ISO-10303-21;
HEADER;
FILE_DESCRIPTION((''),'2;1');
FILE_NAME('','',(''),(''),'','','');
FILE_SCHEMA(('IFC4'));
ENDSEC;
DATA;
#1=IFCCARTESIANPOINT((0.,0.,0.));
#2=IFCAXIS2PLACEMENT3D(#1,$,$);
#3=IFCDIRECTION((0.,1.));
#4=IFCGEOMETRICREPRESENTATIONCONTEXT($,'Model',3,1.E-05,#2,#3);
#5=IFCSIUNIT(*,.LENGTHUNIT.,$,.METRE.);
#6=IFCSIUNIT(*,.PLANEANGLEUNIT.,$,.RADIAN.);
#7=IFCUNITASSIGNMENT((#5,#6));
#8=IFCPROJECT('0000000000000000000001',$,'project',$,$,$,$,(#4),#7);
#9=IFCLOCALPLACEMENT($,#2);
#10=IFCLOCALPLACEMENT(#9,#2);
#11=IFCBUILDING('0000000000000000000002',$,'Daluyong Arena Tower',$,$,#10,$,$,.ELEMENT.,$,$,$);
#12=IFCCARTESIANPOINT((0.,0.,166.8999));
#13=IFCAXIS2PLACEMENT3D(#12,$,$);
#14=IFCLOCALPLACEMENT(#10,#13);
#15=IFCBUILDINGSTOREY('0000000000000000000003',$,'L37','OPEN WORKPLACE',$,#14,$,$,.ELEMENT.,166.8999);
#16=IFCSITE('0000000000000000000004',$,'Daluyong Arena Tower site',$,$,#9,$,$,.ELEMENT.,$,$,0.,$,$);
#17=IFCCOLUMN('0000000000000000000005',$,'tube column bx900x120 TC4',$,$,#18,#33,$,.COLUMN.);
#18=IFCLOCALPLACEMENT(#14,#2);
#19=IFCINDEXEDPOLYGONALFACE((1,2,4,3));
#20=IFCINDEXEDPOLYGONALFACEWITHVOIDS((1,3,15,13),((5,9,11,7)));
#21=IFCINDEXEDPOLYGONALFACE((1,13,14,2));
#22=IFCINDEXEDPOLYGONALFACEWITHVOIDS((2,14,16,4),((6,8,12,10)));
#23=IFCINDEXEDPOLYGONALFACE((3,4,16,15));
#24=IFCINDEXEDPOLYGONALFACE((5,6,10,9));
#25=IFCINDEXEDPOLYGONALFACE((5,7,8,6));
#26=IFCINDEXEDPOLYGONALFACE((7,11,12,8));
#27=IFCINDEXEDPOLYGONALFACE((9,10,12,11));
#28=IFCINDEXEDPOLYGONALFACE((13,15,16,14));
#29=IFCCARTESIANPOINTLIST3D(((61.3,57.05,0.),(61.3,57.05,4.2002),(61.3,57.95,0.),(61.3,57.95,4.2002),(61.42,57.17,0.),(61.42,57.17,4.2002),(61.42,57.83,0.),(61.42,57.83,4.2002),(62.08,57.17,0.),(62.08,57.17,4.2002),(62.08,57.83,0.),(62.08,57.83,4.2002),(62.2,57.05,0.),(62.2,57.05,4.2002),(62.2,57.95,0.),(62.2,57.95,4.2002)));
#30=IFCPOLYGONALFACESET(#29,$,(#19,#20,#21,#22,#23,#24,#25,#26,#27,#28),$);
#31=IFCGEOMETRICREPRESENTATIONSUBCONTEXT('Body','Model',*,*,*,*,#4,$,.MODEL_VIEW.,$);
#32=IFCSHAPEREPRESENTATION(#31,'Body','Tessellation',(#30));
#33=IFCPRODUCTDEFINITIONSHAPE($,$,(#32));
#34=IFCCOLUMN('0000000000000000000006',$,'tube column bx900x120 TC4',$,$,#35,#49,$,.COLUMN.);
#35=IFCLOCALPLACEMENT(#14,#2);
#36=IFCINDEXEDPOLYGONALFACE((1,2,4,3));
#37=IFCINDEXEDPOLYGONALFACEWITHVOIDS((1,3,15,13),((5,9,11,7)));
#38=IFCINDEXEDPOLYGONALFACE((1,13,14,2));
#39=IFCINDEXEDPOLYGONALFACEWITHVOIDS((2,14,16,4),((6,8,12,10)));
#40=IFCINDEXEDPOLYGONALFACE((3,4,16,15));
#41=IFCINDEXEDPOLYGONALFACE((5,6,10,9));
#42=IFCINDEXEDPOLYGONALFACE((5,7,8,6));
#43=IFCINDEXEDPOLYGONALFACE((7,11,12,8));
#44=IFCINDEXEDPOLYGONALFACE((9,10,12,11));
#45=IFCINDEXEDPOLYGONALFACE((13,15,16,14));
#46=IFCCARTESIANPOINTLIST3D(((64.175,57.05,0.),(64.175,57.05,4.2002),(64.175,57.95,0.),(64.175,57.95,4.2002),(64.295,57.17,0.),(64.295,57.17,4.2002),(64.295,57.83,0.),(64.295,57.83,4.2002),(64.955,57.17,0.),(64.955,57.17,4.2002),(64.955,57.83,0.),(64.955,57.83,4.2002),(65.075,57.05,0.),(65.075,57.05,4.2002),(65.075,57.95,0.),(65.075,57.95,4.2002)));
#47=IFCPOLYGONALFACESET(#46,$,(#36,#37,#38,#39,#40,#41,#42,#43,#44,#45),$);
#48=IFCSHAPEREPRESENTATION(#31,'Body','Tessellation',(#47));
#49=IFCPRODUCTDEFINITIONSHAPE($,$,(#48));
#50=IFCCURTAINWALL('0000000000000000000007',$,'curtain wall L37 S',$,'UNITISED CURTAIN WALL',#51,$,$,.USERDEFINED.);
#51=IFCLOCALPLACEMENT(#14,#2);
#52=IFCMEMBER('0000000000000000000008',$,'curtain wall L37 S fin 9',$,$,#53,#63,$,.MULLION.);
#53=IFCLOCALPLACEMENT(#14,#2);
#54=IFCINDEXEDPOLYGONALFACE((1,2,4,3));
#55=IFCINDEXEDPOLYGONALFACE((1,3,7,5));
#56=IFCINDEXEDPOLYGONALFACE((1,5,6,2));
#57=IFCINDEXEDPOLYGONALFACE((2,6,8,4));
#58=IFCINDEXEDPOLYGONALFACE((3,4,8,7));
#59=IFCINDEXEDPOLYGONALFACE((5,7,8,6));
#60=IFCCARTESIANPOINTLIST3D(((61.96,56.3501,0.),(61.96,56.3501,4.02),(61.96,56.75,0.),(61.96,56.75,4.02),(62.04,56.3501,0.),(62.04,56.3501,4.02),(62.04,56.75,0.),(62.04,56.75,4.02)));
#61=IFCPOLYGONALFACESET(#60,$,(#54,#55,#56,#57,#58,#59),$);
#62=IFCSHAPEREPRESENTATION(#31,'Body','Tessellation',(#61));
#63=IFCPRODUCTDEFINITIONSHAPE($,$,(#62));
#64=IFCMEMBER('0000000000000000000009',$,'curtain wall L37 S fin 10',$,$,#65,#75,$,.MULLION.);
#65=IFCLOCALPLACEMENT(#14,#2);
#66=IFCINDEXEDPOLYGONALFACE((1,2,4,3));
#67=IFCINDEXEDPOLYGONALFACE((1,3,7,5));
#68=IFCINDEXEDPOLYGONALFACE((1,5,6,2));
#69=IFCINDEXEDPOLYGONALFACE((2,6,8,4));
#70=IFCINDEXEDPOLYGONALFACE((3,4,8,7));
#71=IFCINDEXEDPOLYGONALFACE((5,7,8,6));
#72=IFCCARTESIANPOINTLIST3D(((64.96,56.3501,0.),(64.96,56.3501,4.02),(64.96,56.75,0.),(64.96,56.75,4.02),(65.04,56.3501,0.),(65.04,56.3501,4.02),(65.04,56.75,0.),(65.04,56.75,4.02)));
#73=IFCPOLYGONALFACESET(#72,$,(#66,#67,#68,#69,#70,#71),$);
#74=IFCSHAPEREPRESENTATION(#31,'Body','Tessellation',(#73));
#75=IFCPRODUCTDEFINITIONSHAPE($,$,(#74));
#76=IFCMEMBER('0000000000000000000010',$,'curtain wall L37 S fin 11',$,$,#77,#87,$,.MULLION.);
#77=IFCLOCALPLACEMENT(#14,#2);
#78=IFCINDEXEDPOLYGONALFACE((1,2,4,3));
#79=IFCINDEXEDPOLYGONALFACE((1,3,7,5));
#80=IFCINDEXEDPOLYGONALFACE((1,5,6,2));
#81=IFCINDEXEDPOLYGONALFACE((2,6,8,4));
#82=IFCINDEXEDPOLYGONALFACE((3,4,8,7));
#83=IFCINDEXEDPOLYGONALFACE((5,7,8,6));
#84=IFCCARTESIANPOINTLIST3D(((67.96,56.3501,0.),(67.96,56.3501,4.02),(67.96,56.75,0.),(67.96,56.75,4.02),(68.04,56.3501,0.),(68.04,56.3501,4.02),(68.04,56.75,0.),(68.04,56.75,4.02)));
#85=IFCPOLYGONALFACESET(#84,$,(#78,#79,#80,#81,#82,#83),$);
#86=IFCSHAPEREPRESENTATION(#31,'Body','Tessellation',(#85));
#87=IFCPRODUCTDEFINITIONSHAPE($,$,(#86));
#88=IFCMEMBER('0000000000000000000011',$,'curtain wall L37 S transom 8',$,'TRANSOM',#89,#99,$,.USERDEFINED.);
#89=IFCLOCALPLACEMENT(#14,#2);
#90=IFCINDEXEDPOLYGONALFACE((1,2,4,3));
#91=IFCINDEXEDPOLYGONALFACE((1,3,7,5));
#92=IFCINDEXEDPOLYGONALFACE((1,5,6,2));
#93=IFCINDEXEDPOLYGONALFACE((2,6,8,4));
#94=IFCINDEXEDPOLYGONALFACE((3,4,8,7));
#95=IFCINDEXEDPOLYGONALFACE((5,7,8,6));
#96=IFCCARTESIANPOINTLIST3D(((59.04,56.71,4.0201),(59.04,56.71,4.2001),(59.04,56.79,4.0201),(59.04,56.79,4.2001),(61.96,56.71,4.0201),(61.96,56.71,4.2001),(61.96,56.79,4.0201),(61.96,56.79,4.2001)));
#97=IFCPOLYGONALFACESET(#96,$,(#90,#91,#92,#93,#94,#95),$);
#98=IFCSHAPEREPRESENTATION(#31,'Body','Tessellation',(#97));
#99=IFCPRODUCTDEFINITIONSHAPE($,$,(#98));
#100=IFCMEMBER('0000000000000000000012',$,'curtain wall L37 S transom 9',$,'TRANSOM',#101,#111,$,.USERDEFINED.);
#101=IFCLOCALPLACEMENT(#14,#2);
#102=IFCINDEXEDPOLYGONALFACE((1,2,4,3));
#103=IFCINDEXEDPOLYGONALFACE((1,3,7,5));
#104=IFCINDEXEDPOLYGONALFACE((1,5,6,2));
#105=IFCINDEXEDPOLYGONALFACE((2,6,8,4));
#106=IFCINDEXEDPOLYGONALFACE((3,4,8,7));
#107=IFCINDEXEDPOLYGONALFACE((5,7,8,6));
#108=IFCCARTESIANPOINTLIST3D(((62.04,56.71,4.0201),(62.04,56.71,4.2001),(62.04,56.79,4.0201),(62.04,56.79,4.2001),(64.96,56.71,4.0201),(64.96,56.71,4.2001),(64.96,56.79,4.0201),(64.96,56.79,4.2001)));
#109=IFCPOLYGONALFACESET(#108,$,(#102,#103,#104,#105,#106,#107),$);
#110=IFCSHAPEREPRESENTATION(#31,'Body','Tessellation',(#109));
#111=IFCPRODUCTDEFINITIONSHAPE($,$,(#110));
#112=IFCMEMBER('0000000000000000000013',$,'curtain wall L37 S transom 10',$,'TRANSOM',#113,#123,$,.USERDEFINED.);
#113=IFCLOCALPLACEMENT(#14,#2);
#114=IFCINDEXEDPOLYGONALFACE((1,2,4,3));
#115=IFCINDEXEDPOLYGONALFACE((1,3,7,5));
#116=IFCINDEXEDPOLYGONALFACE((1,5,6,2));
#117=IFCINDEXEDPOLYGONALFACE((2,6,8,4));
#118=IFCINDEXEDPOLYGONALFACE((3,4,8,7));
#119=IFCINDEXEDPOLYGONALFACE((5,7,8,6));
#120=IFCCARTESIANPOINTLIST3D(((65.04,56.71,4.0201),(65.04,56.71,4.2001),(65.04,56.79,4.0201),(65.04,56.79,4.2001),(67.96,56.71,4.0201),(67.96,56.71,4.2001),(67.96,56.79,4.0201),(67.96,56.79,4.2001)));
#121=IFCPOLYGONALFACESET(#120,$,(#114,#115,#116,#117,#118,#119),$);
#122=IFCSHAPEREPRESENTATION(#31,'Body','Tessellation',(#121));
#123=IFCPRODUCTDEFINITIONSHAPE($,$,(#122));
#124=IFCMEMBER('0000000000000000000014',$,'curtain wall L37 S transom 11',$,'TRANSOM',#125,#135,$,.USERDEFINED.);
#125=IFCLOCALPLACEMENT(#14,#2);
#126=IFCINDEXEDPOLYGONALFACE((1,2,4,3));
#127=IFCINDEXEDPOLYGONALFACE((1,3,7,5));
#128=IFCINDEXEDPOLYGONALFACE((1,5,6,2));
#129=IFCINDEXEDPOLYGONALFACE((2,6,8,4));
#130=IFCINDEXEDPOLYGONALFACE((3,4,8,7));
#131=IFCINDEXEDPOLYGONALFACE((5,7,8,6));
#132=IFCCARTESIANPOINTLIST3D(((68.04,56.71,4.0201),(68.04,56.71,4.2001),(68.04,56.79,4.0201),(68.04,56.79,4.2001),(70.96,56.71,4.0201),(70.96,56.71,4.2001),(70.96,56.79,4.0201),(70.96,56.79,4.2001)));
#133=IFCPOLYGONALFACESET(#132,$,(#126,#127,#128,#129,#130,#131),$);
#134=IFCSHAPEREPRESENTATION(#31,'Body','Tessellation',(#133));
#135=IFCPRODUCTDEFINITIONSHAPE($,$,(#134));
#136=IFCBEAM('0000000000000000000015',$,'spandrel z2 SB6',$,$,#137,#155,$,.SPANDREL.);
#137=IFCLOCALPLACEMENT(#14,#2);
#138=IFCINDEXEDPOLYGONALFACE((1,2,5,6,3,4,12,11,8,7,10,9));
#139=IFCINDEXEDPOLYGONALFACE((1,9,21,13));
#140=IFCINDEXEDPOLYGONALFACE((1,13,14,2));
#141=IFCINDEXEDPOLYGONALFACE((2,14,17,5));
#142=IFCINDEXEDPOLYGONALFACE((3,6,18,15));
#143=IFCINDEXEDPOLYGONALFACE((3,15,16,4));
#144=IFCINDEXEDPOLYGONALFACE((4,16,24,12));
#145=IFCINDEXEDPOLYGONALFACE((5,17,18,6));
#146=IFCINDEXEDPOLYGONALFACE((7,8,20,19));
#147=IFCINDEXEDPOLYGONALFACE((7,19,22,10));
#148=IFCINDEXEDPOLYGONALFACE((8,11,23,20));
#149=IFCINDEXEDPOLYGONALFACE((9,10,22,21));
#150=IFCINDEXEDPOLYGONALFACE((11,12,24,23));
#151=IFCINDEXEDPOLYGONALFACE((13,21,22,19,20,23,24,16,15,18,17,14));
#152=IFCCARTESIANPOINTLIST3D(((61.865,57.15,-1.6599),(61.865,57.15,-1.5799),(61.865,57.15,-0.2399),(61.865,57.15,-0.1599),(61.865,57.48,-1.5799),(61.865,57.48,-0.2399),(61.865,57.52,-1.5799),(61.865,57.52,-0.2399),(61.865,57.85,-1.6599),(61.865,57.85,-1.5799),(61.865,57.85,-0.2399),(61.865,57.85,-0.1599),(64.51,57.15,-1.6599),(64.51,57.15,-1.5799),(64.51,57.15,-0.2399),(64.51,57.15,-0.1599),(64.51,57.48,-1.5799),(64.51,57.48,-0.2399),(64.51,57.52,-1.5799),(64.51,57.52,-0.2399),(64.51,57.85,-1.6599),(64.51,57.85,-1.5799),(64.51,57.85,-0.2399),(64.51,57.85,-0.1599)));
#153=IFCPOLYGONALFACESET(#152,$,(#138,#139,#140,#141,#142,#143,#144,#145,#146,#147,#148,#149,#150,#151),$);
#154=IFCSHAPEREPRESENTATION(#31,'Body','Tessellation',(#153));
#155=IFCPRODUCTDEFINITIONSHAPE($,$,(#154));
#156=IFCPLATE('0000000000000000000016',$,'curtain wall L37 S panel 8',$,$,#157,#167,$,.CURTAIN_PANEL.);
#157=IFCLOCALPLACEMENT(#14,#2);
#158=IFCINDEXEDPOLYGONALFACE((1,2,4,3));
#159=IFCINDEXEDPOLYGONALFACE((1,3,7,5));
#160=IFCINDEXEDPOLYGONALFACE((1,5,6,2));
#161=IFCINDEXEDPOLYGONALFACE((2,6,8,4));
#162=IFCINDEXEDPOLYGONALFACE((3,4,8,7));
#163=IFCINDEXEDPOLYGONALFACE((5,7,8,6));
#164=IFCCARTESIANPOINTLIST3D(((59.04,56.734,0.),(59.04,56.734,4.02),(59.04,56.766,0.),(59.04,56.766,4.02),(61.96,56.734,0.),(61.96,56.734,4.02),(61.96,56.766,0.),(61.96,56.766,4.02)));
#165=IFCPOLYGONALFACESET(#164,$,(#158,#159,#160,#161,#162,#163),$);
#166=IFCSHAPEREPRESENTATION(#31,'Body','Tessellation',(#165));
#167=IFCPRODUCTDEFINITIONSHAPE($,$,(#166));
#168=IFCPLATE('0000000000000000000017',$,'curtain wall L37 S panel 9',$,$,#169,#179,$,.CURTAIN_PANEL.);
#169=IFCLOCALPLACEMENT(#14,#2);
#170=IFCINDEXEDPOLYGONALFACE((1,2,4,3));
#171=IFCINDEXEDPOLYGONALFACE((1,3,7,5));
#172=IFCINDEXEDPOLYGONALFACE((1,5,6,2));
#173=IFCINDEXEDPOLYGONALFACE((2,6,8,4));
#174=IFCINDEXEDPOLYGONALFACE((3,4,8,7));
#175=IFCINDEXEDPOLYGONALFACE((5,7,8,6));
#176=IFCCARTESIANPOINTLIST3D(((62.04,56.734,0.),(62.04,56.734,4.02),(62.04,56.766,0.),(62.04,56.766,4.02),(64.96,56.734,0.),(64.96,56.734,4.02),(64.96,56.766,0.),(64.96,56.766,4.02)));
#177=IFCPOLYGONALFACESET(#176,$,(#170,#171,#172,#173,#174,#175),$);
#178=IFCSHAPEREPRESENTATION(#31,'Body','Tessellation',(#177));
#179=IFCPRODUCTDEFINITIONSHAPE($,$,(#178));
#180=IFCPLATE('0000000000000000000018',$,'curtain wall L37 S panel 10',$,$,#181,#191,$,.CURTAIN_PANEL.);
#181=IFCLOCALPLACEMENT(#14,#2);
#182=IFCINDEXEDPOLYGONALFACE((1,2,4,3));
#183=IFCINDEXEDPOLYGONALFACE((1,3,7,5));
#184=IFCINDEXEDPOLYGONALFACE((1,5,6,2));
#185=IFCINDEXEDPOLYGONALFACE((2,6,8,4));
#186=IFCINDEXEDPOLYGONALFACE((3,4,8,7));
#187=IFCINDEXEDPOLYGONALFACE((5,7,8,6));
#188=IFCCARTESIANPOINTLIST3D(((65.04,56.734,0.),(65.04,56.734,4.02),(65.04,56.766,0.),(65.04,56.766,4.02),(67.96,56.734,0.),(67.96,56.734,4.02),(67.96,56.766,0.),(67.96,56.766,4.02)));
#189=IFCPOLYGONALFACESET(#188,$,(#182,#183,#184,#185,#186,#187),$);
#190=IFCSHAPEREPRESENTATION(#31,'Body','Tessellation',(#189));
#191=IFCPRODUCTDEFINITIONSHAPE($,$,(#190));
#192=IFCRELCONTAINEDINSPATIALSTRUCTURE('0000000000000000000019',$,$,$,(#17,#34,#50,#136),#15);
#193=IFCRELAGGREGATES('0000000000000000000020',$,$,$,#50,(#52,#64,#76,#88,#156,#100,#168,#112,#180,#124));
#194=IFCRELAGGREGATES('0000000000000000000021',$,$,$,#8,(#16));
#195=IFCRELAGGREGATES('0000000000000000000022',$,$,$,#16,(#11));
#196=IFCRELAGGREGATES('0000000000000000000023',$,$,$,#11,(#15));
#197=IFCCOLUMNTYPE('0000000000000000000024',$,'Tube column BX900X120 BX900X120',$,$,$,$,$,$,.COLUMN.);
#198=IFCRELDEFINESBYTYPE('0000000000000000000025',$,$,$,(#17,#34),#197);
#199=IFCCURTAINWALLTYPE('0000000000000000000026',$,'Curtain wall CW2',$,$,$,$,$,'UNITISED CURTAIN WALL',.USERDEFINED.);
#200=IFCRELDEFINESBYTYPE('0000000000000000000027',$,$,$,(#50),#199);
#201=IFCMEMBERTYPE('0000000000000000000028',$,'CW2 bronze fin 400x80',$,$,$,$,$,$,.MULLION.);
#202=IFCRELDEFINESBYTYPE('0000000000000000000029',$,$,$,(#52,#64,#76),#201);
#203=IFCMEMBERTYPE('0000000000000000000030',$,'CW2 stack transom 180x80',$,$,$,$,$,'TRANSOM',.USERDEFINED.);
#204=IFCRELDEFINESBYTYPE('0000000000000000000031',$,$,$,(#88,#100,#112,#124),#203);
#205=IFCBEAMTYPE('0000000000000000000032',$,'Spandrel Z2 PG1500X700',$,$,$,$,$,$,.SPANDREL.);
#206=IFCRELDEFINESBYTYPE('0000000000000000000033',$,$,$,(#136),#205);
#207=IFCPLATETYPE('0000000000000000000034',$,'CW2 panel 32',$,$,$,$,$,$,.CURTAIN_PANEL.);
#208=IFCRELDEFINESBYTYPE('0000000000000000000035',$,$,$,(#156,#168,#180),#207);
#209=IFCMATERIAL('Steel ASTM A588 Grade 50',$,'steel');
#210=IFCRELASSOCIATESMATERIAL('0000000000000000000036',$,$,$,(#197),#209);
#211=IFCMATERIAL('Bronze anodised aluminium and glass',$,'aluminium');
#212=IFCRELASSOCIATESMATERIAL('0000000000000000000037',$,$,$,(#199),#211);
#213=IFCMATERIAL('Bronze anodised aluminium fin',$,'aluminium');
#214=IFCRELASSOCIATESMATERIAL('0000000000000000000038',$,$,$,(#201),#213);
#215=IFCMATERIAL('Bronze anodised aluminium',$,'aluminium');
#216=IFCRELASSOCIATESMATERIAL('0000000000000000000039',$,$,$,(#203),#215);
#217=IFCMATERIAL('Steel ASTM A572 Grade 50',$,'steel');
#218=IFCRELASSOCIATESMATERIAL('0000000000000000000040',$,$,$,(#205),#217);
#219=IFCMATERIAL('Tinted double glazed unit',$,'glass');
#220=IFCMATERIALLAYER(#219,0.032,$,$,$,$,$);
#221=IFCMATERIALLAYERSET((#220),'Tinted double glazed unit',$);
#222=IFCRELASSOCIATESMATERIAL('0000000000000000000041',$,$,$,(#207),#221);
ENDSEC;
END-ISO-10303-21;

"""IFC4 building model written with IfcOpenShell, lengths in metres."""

from ifc_helpers import new_model, si_unit, direction, frame, origin, origin_2d, place, context, subcontext, project, spatial, rectangle, hollow_rectangle, i_section, extrude, material, layer, layer_set, material_profile, profile_set, type_object, element, aggregate, save


model = new_model("IFC4")

# Units and contexts
model_context = context("Model", 3, precision=1e-05, world=origin(), true_north=direction((0.0, 1.0)))
body_context = subcontext(model_context, "Body", "Model", "MODEL_VIEW")
ifc_project = project(units=[si_unit("LENGTHUNIT", "METRE"), si_unit("PLANEANGLEUNIT", "RADIAN")], contexts=[model_context])

# Site, building, storey
site_placement = place(None, origin())
site = spatial("IfcSite", under=ifc_project, at=site_placement, Name="Daluyong Arena Tower site", CompositionType="ELEMENT", RefElevation=0.0)
building_placement = place(site_placement, origin())
building = spatial("IfcBuilding", under=site, at=building_placement, Name="Daluyong Arena Tower", CompositionType="ELEMENT")
storey_placement = place(building_placement, frame((0.0, 0.0, 166.8999)))
storey = spatial("IfcBuildingStorey", under=building, at=storey_placement, Name="L37", Description="OPEN WORKPLACE", CompositionType="ELEMENT", Elevation=166.8999)

# Columns
ifc_material_1 = material(Name="Steel ASTM A588 Grade 50", Category="steel")
ifc_material_profile_1 = material_profile(ifc_material_1, hollow_rectangle(XDim=0.8999, YDim=0.8999, WallThickness=0.12, at=origin_2d()))
ifc_profile_set_1 = profile_set([ifc_material_profile_1], Name="Steel ASTM A588 Grade 50")
column_type = type_object("IfcColumnType", Name="Tube column BX900X120 BX900X120", PredefinedType="COLUMN", material=ifc_profile_set_1)
for number, where, z_axis, x_axis, name in (
    (1, (61.75, 57.5, 0.0), (0.0, 0.0, 1.0), (1.0, 0.0, 0.0), "tube column bx900x120 TC4"),
    (2, (64.625, 57.5, 0.0), (0.0, 0.0, 1.0), (1.0, 0.0, 0.0), "tube column bx900x120 TC4"),
):
    element("IfcColumn", number, at=place(storey_placement, frame(where, z_axis=z_axis, x_axis=x_axis)), inside=storey, type_object=column_type, Name=name, PredefinedType="COLUMN", context=body_context, shape_type="SweptSolid", body=[
        extrude(hollow_rectangle(XDim=0.8999, YDim=0.8999, WallThickness=0.12, at=origin_2d()), origin(), (0.0, 0.0, 1.0), 4.2002),
    ])

# Curtain wall, members
ifc_material_2 = material(Name="Bronze anodised aluminium and glass", Category="aluminium")
curtain_wall_type = type_object("IfcCurtainWallType", Name="Curtain wall CW2", ElementType="UNITISED CURTAIN WALL", PredefinedType="USERDEFINED", material=ifc_material_2)
curtain_wall_placement = place(storey_placement, origin())
curtain_wall = element("IfcCurtainWall", 3, at=curtain_wall_placement, inside=storey, type_object=curtain_wall_type, Name="curtain wall L37 S", ObjectType="UNITISED CURTAIN WALL", PredefinedType="USERDEFINED")
ifc_material_3 = material(Name="Bronze anodised aluminium fin", Category="aluminium")
ifc_material_profile_2 = material_profile(ifc_material_3, rectangle(XDim=0.3999, YDim=0.0801, at=origin_2d()))
ifc_profile_set_2 = profile_set([ifc_material_profile_2], Name="Bronze anodised aluminium fin")
member_type_1 = type_object("IfcMemberType", Name="CW2 bronze fin 400x80", PredefinedType="MULLION", material=ifc_profile_set_2)
member_1_placement = place(storey_placement, frame((62.0, 56.55, 0.0), z_axis=(0.0, 0.0, 1.0), x_axis=(0.0, 1.0, 0.0)))
member_1 = element("IfcMember", 4, at=member_1_placement, type_object=member_type_1, Name="curtain wall L37 S fin 9", PredefinedType="MULLION", context=body_context, shape_type="SweptSolid", body=[
    extrude(rectangle(XDim=0.3999, YDim=0.0801, at=origin_2d()), origin(), (0.0, 0.0, 1.0), 4.02),
])
member_2_placement = place(storey_placement, frame((65.0, 56.55, 0.0), z_axis=(0.0, 0.0, 1.0), x_axis=(0.0, 1.0, 0.0)))
member_2 = element("IfcMember", 5, at=member_2_placement, type_object=member_type_1, Name="curtain wall L37 S fin 10", PredefinedType="MULLION", context=body_context, shape_type="SweptSolid", body=[
    extrude(rectangle(XDim=0.3999, YDim=0.0801, at=origin_2d()), origin(), (0.0, 0.0, 1.0), 4.02),
])
member_3_placement = place(storey_placement, frame((68.0, 56.55, 0.0), z_axis=(0.0, 0.0, 1.0), x_axis=(0.0, 1.0, 0.0)))
member_3 = element("IfcMember", 6, at=member_3_placement, type_object=member_type_1, Name="curtain wall L37 S fin 11", PredefinedType="MULLION", context=body_context, shape_type="SweptSolid", body=[
    extrude(rectangle(XDim=0.3999, YDim=0.0801, at=origin_2d()), origin(), (0.0, 0.0, 1.0), 4.02),
])
ifc_material_4 = material(Name="Bronze anodised aluminium", Category="aluminium")
ifc_material_profile_3 = material_profile(ifc_material_4, rectangle(XDim=0.0801, YDim=0.1799, at=origin_2d()))
ifc_profile_set_3 = profile_set([ifc_material_profile_3], Name="Bronze anodised aluminium")
member_type_2 = type_object("IfcMemberType", Name="CW2 stack transom 180x80", ElementType="TRANSOM", PredefinedType="USERDEFINED", material=ifc_profile_set_3)
member_4_placement = place(storey_placement, frame((59.04, 56.75, 4.1101), z_axis=(1.0, 0.0, 0.0), x_axis=(0.0, 1.0, 0.0)))
member_4 = element("IfcMember", 7, at=member_4_placement, type_object=member_type_2, Name="curtain wall L37 S transom 8", ObjectType="TRANSOM", PredefinedType="USERDEFINED", context=body_context, shape_type="SweptSolid", body=[
    extrude(rectangle(XDim=0.0801, YDim=0.1799, at=origin_2d()), origin(), (0.0, 0.0, 1.0), 2.9199),
])
member_5_placement = place(storey_placement, frame((62.04, 56.75, 4.1101), z_axis=(1.0, 0.0, 0.0), x_axis=(0.0, 1.0, 0.0)))
member_5 = element("IfcMember", 8, at=member_5_placement, type_object=member_type_2, Name="curtain wall L37 S transom 9", ObjectType="TRANSOM", PredefinedType="USERDEFINED", context=body_context, shape_type="SweptSolid", body=[
    extrude(rectangle(XDim=0.0801, YDim=0.1799, at=origin_2d()), origin(), (0.0, 0.0, 1.0), 2.9199),
])
member_6_placement = place(storey_placement, frame((65.04, 56.75, 4.1101), z_axis=(1.0, 0.0, 0.0), x_axis=(0.0, 1.0, 0.0)))
member_6 = element("IfcMember", 9, at=member_6_placement, type_object=member_type_2, Name="curtain wall L37 S transom 10", ObjectType="TRANSOM", PredefinedType="USERDEFINED", context=body_context, shape_type="SweptSolid", body=[
    extrude(rectangle(XDim=0.0801, YDim=0.1799, at=origin_2d()), origin(), (0.0, 0.0, 1.0), 2.9199),
])
member_7_placement = place(storey_placement, frame((68.04, 56.75, 4.1101), z_axis=(1.0, 0.0, 0.0), x_axis=(0.0, 1.0, 0.0)))
member_7 = element("IfcMember", 10, at=member_7_placement, type_object=member_type_2, Name="curtain wall L37 S transom 11", ObjectType="TRANSOM", PredefinedType="USERDEFINED", context=body_context, shape_type="SweptSolid", body=[
    extrude(rectangle(XDim=0.0801, YDim=0.1799, at=origin_2d()), origin(), (0.0, 0.0, 1.0), 2.9199),
])

# Beam
ifc_material_5 = material(Name="Steel ASTM A572 Grade 50", Category="steel")
ifc_material_profile_4 = material_profile(ifc_material_5, i_section(OverallWidth=0.7, OverallDepth=1.5, WebThickness=0.04, FlangeThickness=0.08, at=origin_2d()))
ifc_profile_set_4 = profile_set([ifc_material_profile_4], Name="Steel ASTM A572 Grade 50")
beam_type = type_object("IfcBeamType", Name="Spandrel Z2 PG1500X700", PredefinedType="SPANDREL", material=ifc_profile_set_4)
beam_placement = place(storey_placement, frame((61.865, 57.5, -0.9099), z_axis=(1.0, 0.0, 0.0), x_axis=(0.0, 1.0, 0.0)))
element("IfcBeam", 11, at=beam_placement, inside=storey, type_object=beam_type, Name="spandrel z2 SB6", PredefinedType="SPANDREL", context=body_context, shape_type="SweptSolid", body=[
    extrude(i_section(OverallWidth=0.7, OverallDepth=1.5, WebThickness=0.04, FlangeThickness=0.08, at=origin_2d()), origin(), (0.0, 0.0, 1.0), 2.645),
])

# Plates
ifc_material_6 = material(Name="Tinted double glazed unit", Category="glass")
ifc_layer_1 = layer(ifc_material_6, 0.032)
ifc_layer_set_1 = layer_set([ifc_layer_1], Name="Tinted double glazed unit")
plate_type = type_object("IfcPlateType", Name="CW2 panel 32", PredefinedType="CURTAIN_PANEL", material=ifc_layer_set_1)
plate_1_placement = place(storey_placement, frame((60.5, 56.75, 0.0), z_axis=(0.0, 0.0, 1.0), x_axis=(1.0, 0.0, 0.0)))
plate_1 = element("IfcPlate", 12, at=plate_1_placement, type_object=plate_type, Name="curtain wall L37 S panel 8", PredefinedType="CURTAIN_PANEL", context=body_context, shape_type="SweptSolid", body=[
    extrude(rectangle(XDim=2.9199, YDim=0.032, at=origin_2d()), origin(), (0.0, 0.0, 1.0), 4.02),
])
plate_2_placement = place(storey_placement, frame((63.5, 56.75, 0.0), z_axis=(0.0, 0.0, 1.0), x_axis=(1.0, 0.0, 0.0)))
plate_2 = element("IfcPlate", 13, at=plate_2_placement, type_object=plate_type, Name="curtain wall L37 S panel 9", PredefinedType="CURTAIN_PANEL", context=body_context, shape_type="SweptSolid", body=[
    extrude(rectangle(XDim=2.9199, YDim=0.032, at=origin_2d()), origin(), (0.0, 0.0, 1.0), 4.02),
])
plate_3_placement = place(storey_placement, frame((66.5, 56.75, 0.0), z_axis=(0.0, 0.0, 1.0), x_axis=(1.0, 0.0, 0.0)))
plate_3 = element("IfcPlate", 14, at=plate_3_placement, type_object=plate_type, Name="curtain wall L37 S panel 10", PredefinedType="CURTAIN_PANEL", context=body_context, shape_type="SweptSolid", body=[
    extrude(rectangle(XDim=2.9199, YDim=0.032, at=origin_2d()), origin(), (0.0, 0.0, 1.0), 4.02),
])
aggregate(curtain_wall, [member_1, member_2, member_3, member_4, plate_1, member_5, plate_2, member_6, plate_3, member_7])

save(model, "model.ifc")
